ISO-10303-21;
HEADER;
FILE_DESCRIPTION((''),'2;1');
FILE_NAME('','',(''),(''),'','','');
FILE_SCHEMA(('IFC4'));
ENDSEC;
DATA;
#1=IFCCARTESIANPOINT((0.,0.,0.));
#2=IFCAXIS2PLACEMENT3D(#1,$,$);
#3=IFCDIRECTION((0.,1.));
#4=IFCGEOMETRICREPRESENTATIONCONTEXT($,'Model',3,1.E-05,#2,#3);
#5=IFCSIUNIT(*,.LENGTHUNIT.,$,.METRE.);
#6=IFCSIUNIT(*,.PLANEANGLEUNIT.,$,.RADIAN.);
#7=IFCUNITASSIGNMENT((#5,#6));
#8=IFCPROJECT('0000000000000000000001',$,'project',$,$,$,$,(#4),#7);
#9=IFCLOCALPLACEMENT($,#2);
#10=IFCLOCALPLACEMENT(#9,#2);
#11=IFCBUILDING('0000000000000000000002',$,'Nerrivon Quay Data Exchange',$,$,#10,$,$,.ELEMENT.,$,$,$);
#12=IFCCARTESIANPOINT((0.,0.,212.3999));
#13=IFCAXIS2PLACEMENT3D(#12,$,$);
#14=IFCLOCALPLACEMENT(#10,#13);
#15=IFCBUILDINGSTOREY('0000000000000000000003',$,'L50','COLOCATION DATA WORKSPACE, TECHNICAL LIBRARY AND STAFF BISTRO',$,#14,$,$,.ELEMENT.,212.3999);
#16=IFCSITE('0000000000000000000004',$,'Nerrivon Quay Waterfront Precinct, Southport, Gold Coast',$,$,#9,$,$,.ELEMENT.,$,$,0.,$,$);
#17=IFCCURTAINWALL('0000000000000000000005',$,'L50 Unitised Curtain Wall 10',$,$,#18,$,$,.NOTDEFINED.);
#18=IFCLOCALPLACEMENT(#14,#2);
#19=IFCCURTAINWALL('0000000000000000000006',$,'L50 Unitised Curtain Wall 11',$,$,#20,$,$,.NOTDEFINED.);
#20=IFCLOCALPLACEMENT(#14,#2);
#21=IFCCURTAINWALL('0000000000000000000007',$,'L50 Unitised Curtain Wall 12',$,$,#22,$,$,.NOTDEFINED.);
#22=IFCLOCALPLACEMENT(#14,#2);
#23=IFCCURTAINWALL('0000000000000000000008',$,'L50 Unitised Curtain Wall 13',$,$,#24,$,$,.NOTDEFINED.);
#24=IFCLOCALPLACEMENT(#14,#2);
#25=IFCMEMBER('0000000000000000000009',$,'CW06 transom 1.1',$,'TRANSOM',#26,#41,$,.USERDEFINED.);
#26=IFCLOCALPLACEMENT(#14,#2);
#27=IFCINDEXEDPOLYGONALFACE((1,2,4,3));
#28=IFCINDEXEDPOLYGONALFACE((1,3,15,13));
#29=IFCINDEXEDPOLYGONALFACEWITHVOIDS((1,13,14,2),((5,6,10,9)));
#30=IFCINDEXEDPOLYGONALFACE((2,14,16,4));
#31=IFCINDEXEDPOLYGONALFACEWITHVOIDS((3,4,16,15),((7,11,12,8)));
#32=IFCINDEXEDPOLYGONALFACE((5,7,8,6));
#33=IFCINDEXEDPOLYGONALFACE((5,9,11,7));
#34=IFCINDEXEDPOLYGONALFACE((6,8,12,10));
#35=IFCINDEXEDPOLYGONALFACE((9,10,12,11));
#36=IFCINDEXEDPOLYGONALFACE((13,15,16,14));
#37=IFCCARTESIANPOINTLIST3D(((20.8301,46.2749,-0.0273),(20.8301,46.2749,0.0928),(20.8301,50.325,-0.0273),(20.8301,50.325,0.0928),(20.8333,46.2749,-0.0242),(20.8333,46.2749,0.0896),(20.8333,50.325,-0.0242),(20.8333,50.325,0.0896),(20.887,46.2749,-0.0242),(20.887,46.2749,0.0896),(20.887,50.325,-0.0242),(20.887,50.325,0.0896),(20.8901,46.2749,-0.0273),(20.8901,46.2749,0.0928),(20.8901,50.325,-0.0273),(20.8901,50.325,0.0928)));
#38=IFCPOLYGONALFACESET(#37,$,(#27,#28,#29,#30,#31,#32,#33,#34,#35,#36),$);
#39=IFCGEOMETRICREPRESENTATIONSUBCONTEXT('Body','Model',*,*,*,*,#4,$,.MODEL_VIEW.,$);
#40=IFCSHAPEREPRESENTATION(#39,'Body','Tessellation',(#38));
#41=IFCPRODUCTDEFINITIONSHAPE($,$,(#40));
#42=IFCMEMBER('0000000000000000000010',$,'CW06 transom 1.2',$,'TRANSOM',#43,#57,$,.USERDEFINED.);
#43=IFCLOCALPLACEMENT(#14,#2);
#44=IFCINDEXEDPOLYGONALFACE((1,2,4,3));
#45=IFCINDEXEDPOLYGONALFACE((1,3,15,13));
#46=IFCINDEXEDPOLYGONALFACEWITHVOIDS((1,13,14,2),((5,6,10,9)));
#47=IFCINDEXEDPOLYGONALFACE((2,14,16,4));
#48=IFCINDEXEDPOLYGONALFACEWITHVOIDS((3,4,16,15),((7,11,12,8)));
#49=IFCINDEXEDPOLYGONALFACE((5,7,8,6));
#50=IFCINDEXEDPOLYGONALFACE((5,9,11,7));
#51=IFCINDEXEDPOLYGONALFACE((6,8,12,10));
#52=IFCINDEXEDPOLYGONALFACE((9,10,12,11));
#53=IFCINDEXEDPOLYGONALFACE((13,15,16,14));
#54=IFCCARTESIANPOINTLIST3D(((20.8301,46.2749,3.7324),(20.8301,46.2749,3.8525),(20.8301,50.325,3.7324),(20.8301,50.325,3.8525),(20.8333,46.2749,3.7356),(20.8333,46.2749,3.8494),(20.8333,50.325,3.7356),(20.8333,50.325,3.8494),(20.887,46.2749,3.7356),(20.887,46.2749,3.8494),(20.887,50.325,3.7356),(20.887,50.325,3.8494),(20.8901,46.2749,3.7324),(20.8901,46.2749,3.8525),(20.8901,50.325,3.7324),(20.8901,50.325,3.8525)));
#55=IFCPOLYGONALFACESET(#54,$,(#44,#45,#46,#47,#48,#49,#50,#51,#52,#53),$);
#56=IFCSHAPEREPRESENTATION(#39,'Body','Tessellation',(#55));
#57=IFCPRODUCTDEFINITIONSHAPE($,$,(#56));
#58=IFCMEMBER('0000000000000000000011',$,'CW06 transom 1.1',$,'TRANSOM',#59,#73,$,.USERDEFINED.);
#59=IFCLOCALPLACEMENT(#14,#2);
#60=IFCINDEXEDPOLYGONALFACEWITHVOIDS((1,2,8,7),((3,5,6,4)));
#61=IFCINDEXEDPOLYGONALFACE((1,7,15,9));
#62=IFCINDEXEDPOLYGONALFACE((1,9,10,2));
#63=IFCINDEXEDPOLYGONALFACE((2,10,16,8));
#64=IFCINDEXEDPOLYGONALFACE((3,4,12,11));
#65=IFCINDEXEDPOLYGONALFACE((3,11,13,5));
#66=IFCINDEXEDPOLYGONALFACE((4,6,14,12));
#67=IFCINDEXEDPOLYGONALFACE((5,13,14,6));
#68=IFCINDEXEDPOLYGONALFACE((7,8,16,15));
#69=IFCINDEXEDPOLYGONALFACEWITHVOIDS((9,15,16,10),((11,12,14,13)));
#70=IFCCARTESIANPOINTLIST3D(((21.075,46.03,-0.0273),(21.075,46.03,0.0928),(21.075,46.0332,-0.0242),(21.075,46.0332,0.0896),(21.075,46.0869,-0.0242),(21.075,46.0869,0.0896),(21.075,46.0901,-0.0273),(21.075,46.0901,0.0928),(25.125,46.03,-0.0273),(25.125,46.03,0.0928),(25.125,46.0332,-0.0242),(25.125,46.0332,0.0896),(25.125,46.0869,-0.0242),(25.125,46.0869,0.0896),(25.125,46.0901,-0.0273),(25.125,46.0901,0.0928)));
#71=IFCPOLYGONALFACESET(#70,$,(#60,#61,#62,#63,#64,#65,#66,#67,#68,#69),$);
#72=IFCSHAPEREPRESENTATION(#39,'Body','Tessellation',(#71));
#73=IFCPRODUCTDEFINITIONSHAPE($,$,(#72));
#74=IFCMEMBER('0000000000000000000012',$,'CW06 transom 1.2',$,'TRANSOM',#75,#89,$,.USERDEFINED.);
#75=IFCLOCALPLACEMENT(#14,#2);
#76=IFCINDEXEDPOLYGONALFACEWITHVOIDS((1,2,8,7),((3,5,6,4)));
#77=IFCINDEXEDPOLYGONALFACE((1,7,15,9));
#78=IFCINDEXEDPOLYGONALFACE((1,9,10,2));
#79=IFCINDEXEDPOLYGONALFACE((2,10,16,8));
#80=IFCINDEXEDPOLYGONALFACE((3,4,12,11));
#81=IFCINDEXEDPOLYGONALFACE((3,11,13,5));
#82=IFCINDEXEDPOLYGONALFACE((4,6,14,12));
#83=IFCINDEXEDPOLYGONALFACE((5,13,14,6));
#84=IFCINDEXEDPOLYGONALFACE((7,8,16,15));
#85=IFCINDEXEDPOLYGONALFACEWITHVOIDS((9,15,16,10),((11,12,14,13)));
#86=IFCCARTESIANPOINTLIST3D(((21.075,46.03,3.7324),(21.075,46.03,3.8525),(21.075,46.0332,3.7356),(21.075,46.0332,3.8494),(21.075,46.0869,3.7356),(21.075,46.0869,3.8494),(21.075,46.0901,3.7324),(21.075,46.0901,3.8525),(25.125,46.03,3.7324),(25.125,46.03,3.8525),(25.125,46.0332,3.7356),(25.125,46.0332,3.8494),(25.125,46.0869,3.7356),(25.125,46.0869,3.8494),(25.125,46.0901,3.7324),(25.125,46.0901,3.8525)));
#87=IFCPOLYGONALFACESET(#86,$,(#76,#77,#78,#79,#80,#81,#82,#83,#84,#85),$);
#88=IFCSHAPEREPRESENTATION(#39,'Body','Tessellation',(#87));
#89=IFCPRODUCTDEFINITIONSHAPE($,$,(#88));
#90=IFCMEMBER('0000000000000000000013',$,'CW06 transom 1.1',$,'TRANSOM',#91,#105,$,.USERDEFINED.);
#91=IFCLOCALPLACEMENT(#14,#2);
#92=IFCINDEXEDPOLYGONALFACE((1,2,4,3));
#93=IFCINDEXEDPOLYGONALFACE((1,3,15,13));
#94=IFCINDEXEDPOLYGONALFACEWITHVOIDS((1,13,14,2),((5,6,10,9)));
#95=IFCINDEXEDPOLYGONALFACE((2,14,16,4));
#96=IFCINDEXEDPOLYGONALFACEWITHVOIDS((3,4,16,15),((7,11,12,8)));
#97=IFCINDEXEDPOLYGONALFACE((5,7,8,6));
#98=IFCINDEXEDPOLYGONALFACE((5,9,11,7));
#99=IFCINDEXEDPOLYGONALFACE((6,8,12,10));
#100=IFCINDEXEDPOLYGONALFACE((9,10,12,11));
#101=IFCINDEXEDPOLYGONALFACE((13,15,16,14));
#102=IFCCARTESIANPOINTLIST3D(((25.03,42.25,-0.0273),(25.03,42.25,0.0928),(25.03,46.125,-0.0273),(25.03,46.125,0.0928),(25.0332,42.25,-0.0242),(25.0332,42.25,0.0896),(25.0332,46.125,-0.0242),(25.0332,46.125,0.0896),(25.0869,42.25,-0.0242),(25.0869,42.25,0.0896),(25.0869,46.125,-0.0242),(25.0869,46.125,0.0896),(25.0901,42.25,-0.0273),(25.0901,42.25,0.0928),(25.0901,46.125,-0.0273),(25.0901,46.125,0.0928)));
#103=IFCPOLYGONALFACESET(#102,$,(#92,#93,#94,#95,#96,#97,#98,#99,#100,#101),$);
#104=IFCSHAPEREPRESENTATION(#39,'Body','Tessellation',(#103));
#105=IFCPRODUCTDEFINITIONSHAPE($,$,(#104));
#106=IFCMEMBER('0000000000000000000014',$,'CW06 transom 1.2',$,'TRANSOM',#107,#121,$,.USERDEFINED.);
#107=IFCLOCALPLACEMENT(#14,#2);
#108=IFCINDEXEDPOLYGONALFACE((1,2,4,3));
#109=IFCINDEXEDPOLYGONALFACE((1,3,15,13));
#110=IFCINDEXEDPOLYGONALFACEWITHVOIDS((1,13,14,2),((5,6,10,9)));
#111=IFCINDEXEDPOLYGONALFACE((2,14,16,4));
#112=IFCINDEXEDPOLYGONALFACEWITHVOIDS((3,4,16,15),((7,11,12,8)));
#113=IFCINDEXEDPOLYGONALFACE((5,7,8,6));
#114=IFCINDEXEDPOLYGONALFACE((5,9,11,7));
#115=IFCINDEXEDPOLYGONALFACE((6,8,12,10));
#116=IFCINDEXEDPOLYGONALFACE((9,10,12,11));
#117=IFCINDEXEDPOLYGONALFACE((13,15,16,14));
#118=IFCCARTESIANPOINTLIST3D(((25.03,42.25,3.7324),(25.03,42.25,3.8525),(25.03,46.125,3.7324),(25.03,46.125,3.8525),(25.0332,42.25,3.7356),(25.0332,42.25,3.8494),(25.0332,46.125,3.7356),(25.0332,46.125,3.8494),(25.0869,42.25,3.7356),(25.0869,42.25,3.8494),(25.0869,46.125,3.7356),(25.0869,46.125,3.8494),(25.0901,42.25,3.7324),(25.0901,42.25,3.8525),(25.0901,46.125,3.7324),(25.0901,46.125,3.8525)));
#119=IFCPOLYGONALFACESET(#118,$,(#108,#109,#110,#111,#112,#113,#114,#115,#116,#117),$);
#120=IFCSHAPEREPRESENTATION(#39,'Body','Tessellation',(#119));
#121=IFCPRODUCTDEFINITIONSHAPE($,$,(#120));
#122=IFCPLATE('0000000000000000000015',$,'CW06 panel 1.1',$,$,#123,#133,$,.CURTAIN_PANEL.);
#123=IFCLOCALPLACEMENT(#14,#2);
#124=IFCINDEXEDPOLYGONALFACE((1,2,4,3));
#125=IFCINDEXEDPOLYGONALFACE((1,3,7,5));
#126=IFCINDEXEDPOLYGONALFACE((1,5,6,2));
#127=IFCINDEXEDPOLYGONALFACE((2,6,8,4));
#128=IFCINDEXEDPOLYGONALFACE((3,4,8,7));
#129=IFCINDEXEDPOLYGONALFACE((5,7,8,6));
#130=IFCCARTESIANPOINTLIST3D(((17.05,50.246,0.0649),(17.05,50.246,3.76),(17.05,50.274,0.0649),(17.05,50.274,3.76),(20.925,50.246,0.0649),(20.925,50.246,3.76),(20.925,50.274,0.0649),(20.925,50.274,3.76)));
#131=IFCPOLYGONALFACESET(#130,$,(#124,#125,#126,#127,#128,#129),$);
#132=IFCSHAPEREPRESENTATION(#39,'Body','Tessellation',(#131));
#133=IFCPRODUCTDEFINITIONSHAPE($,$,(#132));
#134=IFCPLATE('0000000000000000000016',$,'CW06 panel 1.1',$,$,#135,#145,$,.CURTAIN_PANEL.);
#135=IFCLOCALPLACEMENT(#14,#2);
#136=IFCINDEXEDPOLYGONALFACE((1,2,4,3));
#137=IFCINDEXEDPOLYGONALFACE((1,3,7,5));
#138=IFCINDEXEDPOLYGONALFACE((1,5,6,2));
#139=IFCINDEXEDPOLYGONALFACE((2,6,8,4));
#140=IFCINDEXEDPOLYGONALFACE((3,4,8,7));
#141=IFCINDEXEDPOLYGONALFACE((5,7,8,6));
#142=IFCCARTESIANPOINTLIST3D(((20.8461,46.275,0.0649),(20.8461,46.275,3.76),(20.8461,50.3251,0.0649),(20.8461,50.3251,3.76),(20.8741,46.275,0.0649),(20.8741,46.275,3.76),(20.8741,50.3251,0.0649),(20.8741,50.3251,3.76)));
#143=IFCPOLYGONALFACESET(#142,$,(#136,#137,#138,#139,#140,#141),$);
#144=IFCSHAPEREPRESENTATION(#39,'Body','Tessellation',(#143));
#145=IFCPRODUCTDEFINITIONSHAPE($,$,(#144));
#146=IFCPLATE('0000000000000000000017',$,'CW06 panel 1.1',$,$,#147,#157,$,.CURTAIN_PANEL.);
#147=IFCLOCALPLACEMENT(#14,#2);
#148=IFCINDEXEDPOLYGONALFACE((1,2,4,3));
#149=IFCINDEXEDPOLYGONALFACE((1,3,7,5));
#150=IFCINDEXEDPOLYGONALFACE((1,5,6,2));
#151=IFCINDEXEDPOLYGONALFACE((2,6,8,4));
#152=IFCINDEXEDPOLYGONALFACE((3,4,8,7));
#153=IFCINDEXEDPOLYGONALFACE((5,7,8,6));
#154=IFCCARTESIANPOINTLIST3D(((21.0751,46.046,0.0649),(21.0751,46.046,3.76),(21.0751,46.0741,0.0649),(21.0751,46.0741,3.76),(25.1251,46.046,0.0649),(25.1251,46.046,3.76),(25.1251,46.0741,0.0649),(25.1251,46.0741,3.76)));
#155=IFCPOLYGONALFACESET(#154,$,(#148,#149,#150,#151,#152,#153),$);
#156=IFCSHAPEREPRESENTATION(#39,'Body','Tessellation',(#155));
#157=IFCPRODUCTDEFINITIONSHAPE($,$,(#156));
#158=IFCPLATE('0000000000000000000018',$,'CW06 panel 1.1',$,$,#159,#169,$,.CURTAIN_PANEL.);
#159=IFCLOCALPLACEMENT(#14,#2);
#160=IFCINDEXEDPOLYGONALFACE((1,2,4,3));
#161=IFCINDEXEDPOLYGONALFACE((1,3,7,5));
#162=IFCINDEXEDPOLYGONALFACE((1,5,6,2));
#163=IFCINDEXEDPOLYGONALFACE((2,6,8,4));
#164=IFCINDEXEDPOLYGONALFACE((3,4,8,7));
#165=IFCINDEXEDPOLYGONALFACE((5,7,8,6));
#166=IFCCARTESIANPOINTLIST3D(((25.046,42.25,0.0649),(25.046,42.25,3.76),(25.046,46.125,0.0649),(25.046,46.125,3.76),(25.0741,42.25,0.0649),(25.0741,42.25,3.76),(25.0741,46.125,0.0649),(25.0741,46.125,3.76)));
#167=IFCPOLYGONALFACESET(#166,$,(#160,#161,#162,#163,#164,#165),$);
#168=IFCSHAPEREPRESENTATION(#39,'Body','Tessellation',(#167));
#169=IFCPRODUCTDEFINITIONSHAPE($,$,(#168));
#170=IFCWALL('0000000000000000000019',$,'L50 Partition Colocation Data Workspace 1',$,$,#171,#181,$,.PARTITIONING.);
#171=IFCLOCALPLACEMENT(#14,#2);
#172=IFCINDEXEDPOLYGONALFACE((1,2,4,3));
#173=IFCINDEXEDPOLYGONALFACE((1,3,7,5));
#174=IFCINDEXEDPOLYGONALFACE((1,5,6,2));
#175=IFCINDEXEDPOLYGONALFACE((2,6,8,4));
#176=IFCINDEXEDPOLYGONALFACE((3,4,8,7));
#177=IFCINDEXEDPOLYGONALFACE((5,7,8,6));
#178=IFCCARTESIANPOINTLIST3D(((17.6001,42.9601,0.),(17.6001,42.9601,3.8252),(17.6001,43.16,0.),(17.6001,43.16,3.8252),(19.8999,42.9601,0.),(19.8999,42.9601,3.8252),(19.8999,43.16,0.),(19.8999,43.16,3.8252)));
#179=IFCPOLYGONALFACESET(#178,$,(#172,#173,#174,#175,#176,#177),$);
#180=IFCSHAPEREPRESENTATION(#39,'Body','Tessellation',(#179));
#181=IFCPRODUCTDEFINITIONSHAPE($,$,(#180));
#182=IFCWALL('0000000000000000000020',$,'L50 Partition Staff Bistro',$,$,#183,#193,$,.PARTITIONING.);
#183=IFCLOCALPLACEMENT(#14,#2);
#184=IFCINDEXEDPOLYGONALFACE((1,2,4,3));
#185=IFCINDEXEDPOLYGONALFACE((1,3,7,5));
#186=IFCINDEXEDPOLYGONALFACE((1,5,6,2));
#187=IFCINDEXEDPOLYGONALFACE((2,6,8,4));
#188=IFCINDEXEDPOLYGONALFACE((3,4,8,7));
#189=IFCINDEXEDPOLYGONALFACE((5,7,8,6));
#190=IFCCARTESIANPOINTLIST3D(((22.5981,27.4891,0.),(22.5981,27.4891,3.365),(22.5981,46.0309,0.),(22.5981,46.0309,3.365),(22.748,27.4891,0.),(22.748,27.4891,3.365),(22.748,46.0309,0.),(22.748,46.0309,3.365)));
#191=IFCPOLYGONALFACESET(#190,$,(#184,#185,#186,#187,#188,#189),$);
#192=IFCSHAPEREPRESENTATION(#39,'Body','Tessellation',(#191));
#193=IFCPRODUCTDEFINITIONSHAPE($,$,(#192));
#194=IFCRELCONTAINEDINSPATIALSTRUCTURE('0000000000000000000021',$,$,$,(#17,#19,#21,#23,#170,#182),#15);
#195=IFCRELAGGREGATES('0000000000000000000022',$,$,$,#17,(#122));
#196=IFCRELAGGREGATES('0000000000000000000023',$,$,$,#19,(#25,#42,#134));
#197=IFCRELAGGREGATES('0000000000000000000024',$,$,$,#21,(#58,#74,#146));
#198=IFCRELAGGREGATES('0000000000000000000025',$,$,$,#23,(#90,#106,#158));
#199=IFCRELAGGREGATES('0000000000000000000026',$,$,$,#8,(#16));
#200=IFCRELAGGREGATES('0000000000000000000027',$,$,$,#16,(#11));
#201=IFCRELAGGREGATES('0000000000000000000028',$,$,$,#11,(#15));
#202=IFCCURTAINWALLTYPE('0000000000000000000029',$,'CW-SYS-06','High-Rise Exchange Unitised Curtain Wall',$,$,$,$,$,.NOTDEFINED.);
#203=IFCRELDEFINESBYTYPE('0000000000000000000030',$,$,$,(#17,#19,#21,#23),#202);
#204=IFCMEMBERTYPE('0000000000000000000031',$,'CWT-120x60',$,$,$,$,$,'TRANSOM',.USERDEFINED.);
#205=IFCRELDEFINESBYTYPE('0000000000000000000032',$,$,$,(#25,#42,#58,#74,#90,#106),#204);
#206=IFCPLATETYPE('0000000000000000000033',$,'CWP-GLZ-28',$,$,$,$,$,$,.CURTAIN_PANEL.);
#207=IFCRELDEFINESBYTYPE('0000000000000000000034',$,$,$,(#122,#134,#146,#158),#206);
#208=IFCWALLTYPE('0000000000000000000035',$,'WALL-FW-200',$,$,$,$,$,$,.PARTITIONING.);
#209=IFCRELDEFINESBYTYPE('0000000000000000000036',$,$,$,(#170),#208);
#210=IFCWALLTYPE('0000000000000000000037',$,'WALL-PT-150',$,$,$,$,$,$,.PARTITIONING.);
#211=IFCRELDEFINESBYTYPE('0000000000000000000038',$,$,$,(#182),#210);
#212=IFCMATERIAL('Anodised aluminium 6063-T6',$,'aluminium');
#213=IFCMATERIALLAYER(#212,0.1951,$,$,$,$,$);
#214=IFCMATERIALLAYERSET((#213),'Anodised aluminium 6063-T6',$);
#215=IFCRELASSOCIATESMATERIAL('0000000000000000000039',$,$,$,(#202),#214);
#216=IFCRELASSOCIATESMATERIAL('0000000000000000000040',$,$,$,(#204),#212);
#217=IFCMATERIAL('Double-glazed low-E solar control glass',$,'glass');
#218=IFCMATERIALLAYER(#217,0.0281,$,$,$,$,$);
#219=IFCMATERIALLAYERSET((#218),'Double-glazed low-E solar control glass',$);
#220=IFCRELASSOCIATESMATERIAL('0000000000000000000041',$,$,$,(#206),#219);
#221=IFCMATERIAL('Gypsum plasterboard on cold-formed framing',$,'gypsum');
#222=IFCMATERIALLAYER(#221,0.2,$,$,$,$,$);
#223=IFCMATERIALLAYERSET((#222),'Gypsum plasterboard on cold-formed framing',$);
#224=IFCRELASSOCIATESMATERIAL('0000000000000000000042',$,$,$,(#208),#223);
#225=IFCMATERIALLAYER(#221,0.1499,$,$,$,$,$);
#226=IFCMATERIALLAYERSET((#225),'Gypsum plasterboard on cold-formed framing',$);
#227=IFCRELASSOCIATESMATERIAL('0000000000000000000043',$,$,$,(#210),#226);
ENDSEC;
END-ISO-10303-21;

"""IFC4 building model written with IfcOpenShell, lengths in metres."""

from ifc_helpers import new_model, si_unit, direction, frame, frame_2d, origin, origin_2d, place, context, subcontext, project, spatial, rectangle, hollow_rectangle, extrude, material, layer, layer_set, material_profile, profile_set, type_object, element, aggregate, save


model = new_model("IFC4")

# Units and contexts
model_context = context("Model", 3, precision=1e-05, world=origin(), true_north=direction((0.0, 1.0)))
body_context = subcontext(model_context, "Body", "Model", "MODEL_VIEW")
ifc_project = project(units=[si_unit("LENGTHUNIT", "METRE"), si_unit("PLANEANGLEUNIT", "RADIAN")], contexts=[model_context])

# Site, building, storey
site_placement = place(None, origin())
site = spatial("IfcSite", under=ifc_project, at=site_placement, Name="Nerrivon Quay Waterfront Precinct, Southport, Gold Coast", CompositionType="ELEMENT", RefElevation=0.0)
building_placement = place(site_placement, origin())
building = spatial("IfcBuilding", under=site, at=building_placement, Name="Nerrivon Quay Data Exchange", CompositionType="ELEMENT")
storey_placement = place(building_placement, frame((0.0, 0.0, 212.3999)))
storey = spatial("IfcBuildingStorey", under=building, at=storey_placement, Name="L50", Description="COLOCATION DATA WORKSPACE, TECHNICAL LIBRARY AND STAFF BISTRO", CompositionType="ELEMENT", Elevation=212.3999)

# Curtain walls
ifc_material_1 = material(Name="Anodised aluminium 6063-T6", Category="aluminium")
ifc_layer_1 = layer(ifc_material_1, 0.1951)
ifc_layer_set_1 = layer_set([ifc_layer_1], Name="Anodised aluminium 6063-T6")
curtain_wall_type = type_object("IfcCurtainWallType", Name="CW-SYS-06", Description="High-Rise Exchange Unitised Curtain Wall", PredefinedType="NOTDEFINED", material=ifc_layer_set_1)
curtain_wall_1_placement = place(storey_placement, origin())
curtain_wall_1 = element("IfcCurtainWall", 1, at=curtain_wall_1_placement, inside=storey, type_object=curtain_wall_type, Name="L50 Unitised Curtain Wall 10", PredefinedType="NOTDEFINED")
curtain_wall_2_placement = place(storey_placement, origin())
curtain_wall_2 = element("IfcCurtainWall", 2, at=curtain_wall_2_placement, inside=storey, type_object=curtain_wall_type, Name="L50 Unitised Curtain Wall 11", PredefinedType="NOTDEFINED")
curtain_wall_3_placement = place(storey_placement, origin())
curtain_wall_3 = element("IfcCurtainWall", 3, at=curtain_wall_3_placement, inside=storey, type_object=curtain_wall_type, Name="L50 Unitised Curtain Wall 12", PredefinedType="NOTDEFINED")

# Curtain wall
curtain_wall_4_placement = place(storey_placement, origin())
curtain_wall_4 = element("IfcCurtainWall", 4, at=curtain_wall_4_placement, inside=storey, type_object=curtain_wall_type, Name="L50 Unitised Curtain Wall 13", PredefinedType="NOTDEFINED")

# Members
ifc_material_profile_1 = material_profile(ifc_material_1, hollow_rectangle(XDim=0.0601, YDim=0.1201, WallThickness=0.0032, at=origin_2d()), Name="ALU-TRAN-120x60")
ifc_profile_set_1 = profile_set([ifc_material_profile_1], Name="Anodised aluminium 6063-T6")
member_type_1 = type_object("IfcMemberType", Name="CWT-120x60", ElementType="TRANSOM", PredefinedType="USERDEFINED", material=ifc_profile_set_1)
member_1_placement = place(storey_placement, frame((20.8601, 50.325, 0.0327), z_axis=(0.0, -1.0, 0.0), x_axis=(1.0, 0.0, 0.0)))
member_1 = element("IfcMember", 5, at=member_1_placement, type_object=member_type_1, Name="CW06 transom 1.1", ObjectType="TRANSOM", PredefinedType="USERDEFINED", context=body_context, shape_type="SweptSolid", body=[
    extrude(hollow_rectangle(XDim=0.0601, YDim=0.1201, WallThickness=0.0032, at=origin_2d()), origin(), (0.0, 0.0, 1.0), 4.05),
])
member_2_placement = place(storey_placement, frame((20.8601, 50.325, 3.7925), z_axis=(0.0, -1.0, 0.0), x_axis=(1.0, 0.0, 0.0)))
member_2 = element("IfcMember", 6, at=member_2_placement, type_object=member_type_1, Name="CW06 transom 1.2", ObjectType="TRANSOM", PredefinedType="USERDEFINED", context=body_context, shape_type="SweptSolid", body=[
    extrude(hollow_rectangle(XDim=0.0601, YDim=0.1201, WallThickness=0.0032, at=origin_2d()), origin(), (0.0, 0.0, 1.0), 4.05),
])
member_3_placement = place(storey_placement, frame((21.075, 46.0601, 0.0327), z_axis=(1.0, 0.0, 0.0), x_axis=(0.0, 1.0, 0.0)))
member_3 = element("IfcMember", 7, at=member_3_placement, type_object=member_type_1, Name="CW06 transom 1.1", ObjectType="TRANSOM", PredefinedType="USERDEFINED", context=body_context, shape_type="SweptSolid", body=[
    extrude(hollow_rectangle(XDim=0.0601, YDim=0.1201, WallThickness=0.0032, at=origin_2d()), origin(), (0.0, 0.0, 1.0), 4.05),
])
member_4_placement = place(storey_placement, frame((21.075, 46.0601, 3.7925), z_axis=(1.0, 0.0, 0.0), x_axis=(0.0, 1.0, 0.0)))
member_4 = element("IfcMember", 8, at=member_4_placement, type_object=member_type_1, Name="CW06 transom 1.2", ObjectType="TRANSOM", PredefinedType="USERDEFINED", context=body_context, shape_type="SweptSolid", body=[
    extrude(hollow_rectangle(XDim=0.0601, YDim=0.1201, WallThickness=0.0032, at=origin_2d()), origin(), (0.0, 0.0, 1.0), 4.05),
])
member_5_placement = place(storey_placement, frame((25.0601, 46.125, 0.0327), z_axis=(0.0, -1.0, 0.0), x_axis=(1.0, 0.0, 0.0)))
member_5 = element("IfcMember", 9, at=member_5_placement, type_object=member_type_1, Name="CW06 transom 1.1", ObjectType="TRANSOM", PredefinedType="USERDEFINED", context=body_context, shape_type="SweptSolid", body=[
    extrude(hollow_rectangle(XDim=0.0601, YDim=0.1201, WallThickness=0.0032, at=origin_2d()), origin(), (0.0, 0.0, 1.0), 3.875),
])
member_6_placement = place(storey_placement, frame((25.0601, 46.125, 3.7925), z_axis=(0.0, -1.0, 0.0), x_axis=(1.0, 0.0, 0.0)))
member_6 = element("IfcMember", 10, at=member_6_placement, type_object=member_type_1, Name="CW06 transom 1.2", ObjectType="TRANSOM", PredefinedType="USERDEFINED", context=body_context, shape_type="SweptSolid", body=[
    extrude(hollow_rectangle(XDim=0.0601, YDim=0.1201, WallThickness=0.0032, at=origin_2d()), origin(), (0.0, 0.0, 1.0), 3.875),
])

# Plates
ifc_material_2 = material(Name="Double-glazed low-E solar control glass", Category="glass")
ifc_layer_2 = layer(ifc_material_2, 0.0281)
ifc_layer_set_2 = layer_set([ifc_layer_2], Name="Double-glazed low-E solar control glass")
plate_type = type_object("IfcPlateType", Name="CWP-GLZ-28", PredefinedType="CURTAIN_PANEL", material=ifc_layer_set_2)
plate_1_placement = place(storey_placement, frame((18.9875, 50.26, 0.0649), z_axis=(0.0, 0.0, 1.0), x_axis=(1.0, 0.0, 0.0)))
plate_1 = element("IfcPlate", 11, at=plate_1_placement, type_object=plate_type, Name="CW06 panel 1.1", PredefinedType="CURTAIN_PANEL", context=body_context, shape_type="SweptSolid", body=[
    extrude(rectangle(XDim=3.875, YDim=0.0281, at=origin_2d()), origin(), (0.0, 0.0, 1.0), 3.6951),
])
aggregate(curtain_wall_1, [plate_1])
plate_2_placement = place(storey_placement, frame((20.8601, 48.3, 0.0649), z_axis=(0.0, 0.0, 1.0), x_axis=(0.0, -1.0, 0.0)))
plate_2 = element("IfcPlate", 12, at=plate_2_placement, type_object=plate_type, Name="CW06 panel 1.1", PredefinedType="CURTAIN_PANEL", context=body_context, shape_type="SweptSolid", body=[
    extrude(rectangle(XDim=4.05, YDim=0.0281, at=origin_2d()), origin(), (0.0, 0.0, 1.0), 3.6951),
])
aggregate(curtain_wall_2, [member_1, member_2, plate_2])
plate_3_placement = place(storey_placement, frame((23.1001, 46.0601, 0.0649), z_axis=(0.0, 0.0, 1.0), x_axis=(1.0, 0.0, 0.0)))
plate_3 = element("IfcPlate", 13, at=plate_3_placement, type_object=plate_type, Name="CW06 panel 1.1", PredefinedType="CURTAIN_PANEL", context=body_context, shape_type="SweptSolid", body=[
    extrude(rectangle(XDim=4.05, YDim=0.0281, at=origin_2d()), origin(), (0.0, 0.0, 1.0), 3.6951),
])
aggregate(curtain_wall_3, [member_3, member_4, plate_3])
plate_4_placement = place(storey_placement, frame((25.0601, 44.1875, 0.0649), z_axis=(0.0, 0.0, 1.0), x_axis=(0.0, -1.0, 0.0)))
plate_4 = element("IfcPlate", 14, at=plate_4_placement, type_object=plate_type, Name="CW06 panel 1.1", PredefinedType="CURTAIN_PANEL", context=body_context, shape_type="SweptSolid", body=[
    extrude(rectangle(XDim=3.875, YDim=0.0281, at=origin_2d()), origin(), (0.0, 0.0, 1.0), 3.6951),
])
aggregate(curtain_wall_4, [member_5, member_6, plate_4])

# Walls
ifc_material_3 = material(Name="Gypsum plasterboard on cold-formed framing", Category="gypsum")
ifc_layer_3 = layer(ifc_material_3, 0.2)
ifc_layer_set_3 = layer_set([ifc_layer_3], Name="Gypsum plasterboard on cold-formed framing")
wall_type_1 = type_object("IfcWallType", Name="WALL-FW-200", PredefinedType="PARTITIONING", material=ifc_layer_set_3)
wall_1_placement = place(storey_placement, frame((17.6001, 43.0601, 0.0), z_axis=(0.0, 0.0, 1.0), x_axis=(1.0, 0.0, 0.0)))
element("IfcWall", 15, at=wall_1_placement, inside=storey, type_object=wall_type_1, Name="L50 Partition Colocation Data Workspace 1", PredefinedType="PARTITIONING", context=body_context, shape_type="SweptSolid", body=[
    extrude(rectangle(XDim=2.2998, YDim=0.2, at=frame_2d((1.1499, 0.0))), origin(), (0.0, 0.0, 1.0), 3.8252),
])
ifc_layer_4 = layer(ifc_material_3, 0.1499)
ifc_layer_set_4 = layer_set([ifc_layer_4], Name="Gypsum plasterboard on cold-formed framing")
wall_type_2 = type_object("IfcWallType", Name="WALL-PT-150", PredefinedType="PARTITIONING", material=ifc_layer_set_4)
wall_2_placement = place(storey_placement, frame((22.6731, 46.031, 0.0), z_axis=(0.0, 0.0, 1.0), x_axis=(0.0, -1.0, 0.0)))
element("IfcWall", 16, at=wall_2_placement, inside=storey, type_object=wall_type_2, Name="L50 Partition Staff Bistro", PredefinedType="PARTITIONING", context=body_context, shape_type="SweptSolid", body=[
    extrude(rectangle(XDim=18.5417, YDim=0.1499, at=frame_2d((9.271, 0.0))), origin(), (0.0, 0.0, 1.0), 3.365),
])

save(model, "model.ifc")
